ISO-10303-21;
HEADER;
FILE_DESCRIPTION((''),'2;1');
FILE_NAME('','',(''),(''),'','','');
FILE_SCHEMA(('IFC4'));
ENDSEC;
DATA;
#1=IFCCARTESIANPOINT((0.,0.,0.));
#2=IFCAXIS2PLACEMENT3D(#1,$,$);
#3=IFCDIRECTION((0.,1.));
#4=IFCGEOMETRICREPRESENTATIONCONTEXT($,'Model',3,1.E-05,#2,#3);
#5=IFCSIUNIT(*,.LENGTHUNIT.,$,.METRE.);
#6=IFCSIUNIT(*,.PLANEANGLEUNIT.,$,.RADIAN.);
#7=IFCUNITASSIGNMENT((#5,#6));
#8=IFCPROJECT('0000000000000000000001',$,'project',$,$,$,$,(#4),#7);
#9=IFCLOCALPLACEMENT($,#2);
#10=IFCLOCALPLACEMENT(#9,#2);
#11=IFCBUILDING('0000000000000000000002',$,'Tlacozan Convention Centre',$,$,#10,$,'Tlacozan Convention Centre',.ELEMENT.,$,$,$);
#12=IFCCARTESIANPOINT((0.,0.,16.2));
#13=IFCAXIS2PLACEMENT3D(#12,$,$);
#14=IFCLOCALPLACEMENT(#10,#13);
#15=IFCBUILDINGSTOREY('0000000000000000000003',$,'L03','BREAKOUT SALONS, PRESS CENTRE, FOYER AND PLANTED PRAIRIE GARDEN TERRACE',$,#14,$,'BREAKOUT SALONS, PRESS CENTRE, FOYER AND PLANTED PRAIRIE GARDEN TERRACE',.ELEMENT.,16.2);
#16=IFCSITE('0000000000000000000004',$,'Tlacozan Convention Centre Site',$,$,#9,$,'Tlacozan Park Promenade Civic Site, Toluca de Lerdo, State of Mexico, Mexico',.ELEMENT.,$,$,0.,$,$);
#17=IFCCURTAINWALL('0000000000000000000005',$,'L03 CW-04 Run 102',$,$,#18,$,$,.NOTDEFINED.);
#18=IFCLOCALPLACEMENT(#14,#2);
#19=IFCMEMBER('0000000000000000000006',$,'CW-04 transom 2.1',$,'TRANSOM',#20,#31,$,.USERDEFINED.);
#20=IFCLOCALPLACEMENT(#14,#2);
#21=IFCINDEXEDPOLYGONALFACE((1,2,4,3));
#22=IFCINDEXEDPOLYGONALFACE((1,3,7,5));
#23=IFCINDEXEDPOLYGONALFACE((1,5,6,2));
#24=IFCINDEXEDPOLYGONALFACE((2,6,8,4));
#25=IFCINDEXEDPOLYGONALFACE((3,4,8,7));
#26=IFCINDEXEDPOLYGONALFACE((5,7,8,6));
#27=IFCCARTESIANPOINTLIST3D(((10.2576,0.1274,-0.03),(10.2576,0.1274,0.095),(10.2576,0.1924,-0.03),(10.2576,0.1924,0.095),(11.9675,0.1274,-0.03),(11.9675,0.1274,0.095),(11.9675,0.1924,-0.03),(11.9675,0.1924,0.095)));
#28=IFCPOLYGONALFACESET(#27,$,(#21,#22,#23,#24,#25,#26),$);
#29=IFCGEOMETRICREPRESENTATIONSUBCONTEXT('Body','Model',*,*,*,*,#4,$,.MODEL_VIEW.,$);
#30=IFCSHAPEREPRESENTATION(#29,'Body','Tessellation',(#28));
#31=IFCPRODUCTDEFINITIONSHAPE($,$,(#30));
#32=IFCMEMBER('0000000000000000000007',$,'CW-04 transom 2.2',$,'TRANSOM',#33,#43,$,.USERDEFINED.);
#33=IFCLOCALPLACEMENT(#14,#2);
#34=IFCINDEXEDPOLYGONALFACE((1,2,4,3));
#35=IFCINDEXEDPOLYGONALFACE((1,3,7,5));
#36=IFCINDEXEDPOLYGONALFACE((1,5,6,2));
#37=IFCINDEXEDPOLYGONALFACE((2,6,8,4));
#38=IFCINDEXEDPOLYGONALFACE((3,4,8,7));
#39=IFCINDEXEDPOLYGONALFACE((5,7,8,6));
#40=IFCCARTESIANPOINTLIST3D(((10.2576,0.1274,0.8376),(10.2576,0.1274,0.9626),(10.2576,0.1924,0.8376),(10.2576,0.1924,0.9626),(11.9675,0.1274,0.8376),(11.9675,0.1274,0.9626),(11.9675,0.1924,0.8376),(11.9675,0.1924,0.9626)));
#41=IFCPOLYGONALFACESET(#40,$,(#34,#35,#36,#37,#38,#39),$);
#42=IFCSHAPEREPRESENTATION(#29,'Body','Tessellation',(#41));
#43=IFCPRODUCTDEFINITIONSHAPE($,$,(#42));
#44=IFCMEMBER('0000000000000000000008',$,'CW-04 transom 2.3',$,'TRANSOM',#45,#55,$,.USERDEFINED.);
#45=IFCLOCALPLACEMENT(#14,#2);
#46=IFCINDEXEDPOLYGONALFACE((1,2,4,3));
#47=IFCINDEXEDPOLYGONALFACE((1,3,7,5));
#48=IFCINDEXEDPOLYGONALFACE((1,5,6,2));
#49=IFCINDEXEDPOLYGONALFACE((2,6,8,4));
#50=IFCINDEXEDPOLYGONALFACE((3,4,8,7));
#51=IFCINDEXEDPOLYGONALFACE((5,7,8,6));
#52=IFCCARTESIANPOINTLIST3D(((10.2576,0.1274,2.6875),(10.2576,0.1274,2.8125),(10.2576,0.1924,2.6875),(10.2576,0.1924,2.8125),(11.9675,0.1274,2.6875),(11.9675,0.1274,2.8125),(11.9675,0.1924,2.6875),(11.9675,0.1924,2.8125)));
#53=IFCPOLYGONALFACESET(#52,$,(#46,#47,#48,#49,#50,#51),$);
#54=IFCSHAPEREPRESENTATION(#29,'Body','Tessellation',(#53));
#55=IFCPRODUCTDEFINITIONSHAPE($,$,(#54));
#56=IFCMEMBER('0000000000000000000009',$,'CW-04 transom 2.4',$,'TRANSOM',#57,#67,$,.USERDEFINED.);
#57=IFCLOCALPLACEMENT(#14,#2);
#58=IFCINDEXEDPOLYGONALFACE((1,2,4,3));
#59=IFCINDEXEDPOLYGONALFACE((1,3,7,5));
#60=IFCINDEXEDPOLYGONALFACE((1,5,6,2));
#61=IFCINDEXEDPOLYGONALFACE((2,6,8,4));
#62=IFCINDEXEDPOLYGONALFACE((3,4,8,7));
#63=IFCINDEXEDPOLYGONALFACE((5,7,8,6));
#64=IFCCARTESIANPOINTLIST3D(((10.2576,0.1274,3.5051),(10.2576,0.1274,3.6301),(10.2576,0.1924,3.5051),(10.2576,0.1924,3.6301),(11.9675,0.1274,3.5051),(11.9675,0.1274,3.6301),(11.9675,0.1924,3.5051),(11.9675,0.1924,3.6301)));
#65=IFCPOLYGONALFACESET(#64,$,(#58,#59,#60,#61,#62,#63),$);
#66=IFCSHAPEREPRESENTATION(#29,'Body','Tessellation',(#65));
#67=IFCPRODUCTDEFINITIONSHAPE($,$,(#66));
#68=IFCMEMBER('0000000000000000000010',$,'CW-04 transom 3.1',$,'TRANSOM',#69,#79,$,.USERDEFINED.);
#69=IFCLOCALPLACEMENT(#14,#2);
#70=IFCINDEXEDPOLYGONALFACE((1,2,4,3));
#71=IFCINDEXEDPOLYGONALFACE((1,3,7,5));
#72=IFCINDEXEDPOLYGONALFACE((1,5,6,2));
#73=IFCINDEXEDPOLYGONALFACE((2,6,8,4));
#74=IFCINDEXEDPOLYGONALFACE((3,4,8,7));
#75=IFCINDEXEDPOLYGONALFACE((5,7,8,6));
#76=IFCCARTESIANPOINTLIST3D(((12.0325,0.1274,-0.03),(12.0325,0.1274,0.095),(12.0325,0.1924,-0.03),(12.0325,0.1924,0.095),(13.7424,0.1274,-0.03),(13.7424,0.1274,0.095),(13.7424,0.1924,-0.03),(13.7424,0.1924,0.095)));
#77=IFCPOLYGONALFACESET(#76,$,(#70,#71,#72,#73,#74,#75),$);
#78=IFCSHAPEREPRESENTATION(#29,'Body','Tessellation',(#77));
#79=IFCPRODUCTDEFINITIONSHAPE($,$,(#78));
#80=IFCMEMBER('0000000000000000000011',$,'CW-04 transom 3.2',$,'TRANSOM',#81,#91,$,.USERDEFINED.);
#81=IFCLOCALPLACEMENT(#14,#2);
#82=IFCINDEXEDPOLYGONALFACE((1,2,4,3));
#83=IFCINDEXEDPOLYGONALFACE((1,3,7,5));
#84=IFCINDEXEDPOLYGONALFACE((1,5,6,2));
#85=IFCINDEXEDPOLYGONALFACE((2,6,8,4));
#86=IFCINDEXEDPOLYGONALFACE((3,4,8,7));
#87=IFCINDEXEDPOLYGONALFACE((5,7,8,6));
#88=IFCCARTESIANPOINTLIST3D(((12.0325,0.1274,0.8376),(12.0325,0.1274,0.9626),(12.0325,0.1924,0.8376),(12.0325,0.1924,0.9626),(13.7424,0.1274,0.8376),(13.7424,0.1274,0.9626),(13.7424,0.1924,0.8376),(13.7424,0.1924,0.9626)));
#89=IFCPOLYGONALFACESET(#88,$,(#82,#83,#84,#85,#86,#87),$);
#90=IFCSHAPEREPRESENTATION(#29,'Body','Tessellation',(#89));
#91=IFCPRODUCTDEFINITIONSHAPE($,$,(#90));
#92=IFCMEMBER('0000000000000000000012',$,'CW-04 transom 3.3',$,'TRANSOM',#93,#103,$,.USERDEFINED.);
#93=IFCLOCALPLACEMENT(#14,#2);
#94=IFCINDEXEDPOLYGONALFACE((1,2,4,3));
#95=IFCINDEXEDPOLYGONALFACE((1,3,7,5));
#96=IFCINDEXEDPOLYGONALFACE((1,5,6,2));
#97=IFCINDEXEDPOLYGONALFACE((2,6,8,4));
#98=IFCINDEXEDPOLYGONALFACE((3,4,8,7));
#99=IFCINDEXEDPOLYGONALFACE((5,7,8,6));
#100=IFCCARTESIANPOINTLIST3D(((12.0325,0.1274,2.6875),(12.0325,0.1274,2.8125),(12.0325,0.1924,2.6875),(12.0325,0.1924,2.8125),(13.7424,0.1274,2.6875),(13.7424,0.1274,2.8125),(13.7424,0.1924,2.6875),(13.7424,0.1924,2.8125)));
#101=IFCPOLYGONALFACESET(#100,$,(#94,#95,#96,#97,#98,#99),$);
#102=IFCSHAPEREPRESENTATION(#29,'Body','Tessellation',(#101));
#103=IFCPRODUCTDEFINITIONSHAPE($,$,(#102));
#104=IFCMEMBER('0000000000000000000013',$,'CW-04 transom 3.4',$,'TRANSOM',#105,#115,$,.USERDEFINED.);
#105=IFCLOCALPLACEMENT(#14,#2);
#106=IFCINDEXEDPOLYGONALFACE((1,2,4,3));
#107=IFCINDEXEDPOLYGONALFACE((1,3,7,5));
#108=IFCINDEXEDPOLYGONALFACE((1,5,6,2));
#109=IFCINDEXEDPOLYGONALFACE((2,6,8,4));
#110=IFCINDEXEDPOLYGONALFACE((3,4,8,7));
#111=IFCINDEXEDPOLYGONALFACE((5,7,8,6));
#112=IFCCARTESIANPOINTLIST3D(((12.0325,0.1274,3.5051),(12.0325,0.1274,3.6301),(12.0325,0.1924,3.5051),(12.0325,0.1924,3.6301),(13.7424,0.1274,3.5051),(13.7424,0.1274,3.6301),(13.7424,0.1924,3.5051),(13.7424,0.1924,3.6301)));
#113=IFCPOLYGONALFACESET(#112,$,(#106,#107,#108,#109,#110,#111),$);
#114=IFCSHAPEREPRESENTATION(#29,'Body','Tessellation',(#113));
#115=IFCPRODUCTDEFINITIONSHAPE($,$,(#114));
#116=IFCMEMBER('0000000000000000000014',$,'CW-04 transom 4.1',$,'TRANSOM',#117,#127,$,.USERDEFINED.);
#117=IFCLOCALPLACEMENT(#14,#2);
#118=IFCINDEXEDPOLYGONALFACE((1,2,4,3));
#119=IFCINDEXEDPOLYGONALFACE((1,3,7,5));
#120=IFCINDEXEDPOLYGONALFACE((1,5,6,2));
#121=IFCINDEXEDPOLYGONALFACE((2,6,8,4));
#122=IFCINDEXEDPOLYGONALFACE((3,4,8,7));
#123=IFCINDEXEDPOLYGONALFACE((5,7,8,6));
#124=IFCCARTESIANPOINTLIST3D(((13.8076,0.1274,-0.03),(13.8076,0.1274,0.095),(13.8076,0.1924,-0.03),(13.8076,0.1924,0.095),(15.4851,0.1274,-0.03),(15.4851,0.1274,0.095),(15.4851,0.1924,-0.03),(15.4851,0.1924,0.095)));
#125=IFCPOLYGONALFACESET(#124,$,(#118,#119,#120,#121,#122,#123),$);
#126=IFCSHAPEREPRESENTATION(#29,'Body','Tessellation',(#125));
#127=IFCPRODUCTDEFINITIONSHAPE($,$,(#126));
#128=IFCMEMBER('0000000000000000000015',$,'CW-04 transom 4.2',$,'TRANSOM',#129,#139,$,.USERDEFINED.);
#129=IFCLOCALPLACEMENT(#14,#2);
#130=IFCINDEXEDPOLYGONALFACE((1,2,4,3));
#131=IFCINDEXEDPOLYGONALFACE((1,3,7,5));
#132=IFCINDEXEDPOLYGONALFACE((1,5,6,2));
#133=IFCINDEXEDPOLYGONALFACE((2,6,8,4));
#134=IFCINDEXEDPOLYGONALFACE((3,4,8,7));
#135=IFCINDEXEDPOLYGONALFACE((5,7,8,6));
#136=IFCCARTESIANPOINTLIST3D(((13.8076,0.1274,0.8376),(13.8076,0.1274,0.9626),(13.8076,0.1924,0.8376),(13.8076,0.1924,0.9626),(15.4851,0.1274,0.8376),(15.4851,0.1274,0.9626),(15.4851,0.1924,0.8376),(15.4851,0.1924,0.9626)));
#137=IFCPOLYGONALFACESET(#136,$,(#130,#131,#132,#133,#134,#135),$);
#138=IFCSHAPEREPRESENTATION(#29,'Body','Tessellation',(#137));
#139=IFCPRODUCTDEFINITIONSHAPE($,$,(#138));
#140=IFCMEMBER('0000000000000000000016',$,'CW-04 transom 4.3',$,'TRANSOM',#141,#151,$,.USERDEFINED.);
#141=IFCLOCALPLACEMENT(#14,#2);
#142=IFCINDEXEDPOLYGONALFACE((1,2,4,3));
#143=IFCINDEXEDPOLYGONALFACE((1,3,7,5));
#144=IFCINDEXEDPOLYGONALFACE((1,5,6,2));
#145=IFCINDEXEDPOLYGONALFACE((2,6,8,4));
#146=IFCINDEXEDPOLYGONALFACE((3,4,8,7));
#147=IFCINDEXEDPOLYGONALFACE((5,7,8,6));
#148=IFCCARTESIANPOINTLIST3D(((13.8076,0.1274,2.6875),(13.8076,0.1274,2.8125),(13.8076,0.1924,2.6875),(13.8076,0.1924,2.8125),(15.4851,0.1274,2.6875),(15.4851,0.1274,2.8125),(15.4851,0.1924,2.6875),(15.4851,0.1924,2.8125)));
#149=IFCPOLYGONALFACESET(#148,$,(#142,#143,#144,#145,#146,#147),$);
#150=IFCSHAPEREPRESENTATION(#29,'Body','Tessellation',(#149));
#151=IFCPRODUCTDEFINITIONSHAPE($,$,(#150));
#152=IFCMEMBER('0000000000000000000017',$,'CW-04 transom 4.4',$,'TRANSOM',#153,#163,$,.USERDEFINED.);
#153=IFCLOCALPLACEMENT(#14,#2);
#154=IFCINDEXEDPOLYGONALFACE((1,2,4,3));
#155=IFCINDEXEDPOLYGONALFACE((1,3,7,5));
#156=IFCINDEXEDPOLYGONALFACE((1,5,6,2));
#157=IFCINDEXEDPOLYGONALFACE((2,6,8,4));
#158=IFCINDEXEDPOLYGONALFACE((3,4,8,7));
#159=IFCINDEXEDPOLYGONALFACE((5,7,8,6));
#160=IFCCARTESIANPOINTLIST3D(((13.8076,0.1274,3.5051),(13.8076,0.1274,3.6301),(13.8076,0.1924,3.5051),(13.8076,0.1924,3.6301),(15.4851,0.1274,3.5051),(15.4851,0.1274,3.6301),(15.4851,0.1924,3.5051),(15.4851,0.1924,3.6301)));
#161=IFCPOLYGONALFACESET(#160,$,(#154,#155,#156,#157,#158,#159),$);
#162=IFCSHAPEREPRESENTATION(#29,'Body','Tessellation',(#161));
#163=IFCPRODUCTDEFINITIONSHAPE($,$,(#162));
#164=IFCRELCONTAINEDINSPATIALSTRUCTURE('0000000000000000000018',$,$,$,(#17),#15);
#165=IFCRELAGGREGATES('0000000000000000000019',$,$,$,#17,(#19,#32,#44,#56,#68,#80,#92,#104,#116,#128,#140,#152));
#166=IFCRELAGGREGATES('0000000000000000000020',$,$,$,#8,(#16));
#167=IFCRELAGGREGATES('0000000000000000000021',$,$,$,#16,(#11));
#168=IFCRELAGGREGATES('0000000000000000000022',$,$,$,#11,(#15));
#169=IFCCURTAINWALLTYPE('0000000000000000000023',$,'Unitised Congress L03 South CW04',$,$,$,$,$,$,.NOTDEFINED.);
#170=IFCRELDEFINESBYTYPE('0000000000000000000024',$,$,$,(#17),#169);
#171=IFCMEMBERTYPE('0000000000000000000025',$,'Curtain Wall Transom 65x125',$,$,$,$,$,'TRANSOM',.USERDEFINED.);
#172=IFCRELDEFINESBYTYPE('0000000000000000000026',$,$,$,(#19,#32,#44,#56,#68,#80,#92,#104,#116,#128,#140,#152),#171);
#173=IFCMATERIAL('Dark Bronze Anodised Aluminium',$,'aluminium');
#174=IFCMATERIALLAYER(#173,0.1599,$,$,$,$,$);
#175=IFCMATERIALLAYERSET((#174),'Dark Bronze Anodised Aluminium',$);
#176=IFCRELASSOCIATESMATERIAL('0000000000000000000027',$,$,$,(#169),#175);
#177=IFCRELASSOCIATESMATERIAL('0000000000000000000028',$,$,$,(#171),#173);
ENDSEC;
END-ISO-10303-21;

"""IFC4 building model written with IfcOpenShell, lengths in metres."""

from ifc_helpers import new_model, si_unit, direction, frame, origin, origin_2d, place, context, subcontext, project, spatial, rectangle, extrude, material, layer, layer_set, material_profile, profile_set, type_object, element, aggregate, save


model = new_model("IFC4")

# Units and contexts
model_context = context("Model", 3, precision=1e-05, world=origin(), true_north=direction((0.0, 1.0)))
body_context = subcontext(model_context, "Body", "Model", "MODEL_VIEW")
ifc_project = project(units=[si_unit("LENGTHUNIT", "METRE"), si_unit("PLANEANGLEUNIT", "RADIAN")], contexts=[model_context])

# Site, building, storey
site_placement = place(None, origin())
site = spatial("IfcSite", under=ifc_project, at=site_placement, Name="Tlacozan Convention Centre Site", LongName="Tlacozan Park Promenade Civic Site, Toluca de Lerdo, State of Mexico, Mexico", CompositionType="ELEMENT", RefElevation=0.0)
building_placement = place(site_placement, origin())
building = spatial("IfcBuilding", under=site, at=building_placement, Name="Tlacozan Convention Centre", LongName="Tlacozan Convention Centre", CompositionType="ELEMENT")
storey_placement = place(building_placement, frame((0.0, 0.0, 16.2)))
storey = spatial("IfcBuildingStorey", under=building, at=storey_placement, Name="L03", Description="BREAKOUT SALONS, PRESS CENTRE, FOYER AND PLANTED PRAIRIE GARDEN TERRACE", LongName="BREAKOUT SALONS, PRESS CENTRE, FOYER AND PLANTED PRAIRIE GARDEN TERRACE", CompositionType="ELEMENT", Elevation=16.2)

# Curtain wall, members
ifc_material_1 = material(Name="Dark Bronze Anodised Aluminium", Category="aluminium")
ifc_layer_1 = layer(ifc_material_1, 0.1599)
ifc_layer_set_1 = layer_set([ifc_layer_1], Name="Dark Bronze Anodised Aluminium")
curtain_wall_type = type_object("IfcCurtainWallType", Name="Unitised Congress L03 South CW04", PredefinedType="NOTDEFINED", material=ifc_layer_set_1)
curtain_wall_placement = place(storey_placement, origin())
curtain_wall = element("IfcCurtainWall", 1, at=curtain_wall_placement, inside=storey, type_object=curtain_wall_type, Name="L03 CW-04 Run 102", PredefinedType="NOTDEFINED")
ifc_material_profile_1 = material_profile(ifc_material_1, rectangle(XDim=0.0649, YDim=0.125, at=origin_2d()), Name="ALU 65x125")
ifc_profile_set_1 = profile_set([ifc_material_profile_1], Name="Dark Bronze Anodised Aluminium")
member_type_1 = type_object("IfcMemberType", Name="Curtain Wall Transom 65x125", ElementType="TRANSOM", PredefinedType="USERDEFINED", material=ifc_profile_set_1)
member_1_placement = place(storey_placement, frame((10.2576, 0.1599, 0.0325), z_axis=(1.0, 0.0, 0.0), x_axis=(0.0, 1.0, 0.0)))
member_1 = element("IfcMember", 2, at=member_1_placement, type_object=member_type_1, Name="CW-04 transom 2.1", ObjectType="TRANSOM", PredefinedType="USERDEFINED", context=body_context, shape_type="SweptSolid", body=[
    extrude(rectangle(XDim=0.0649, YDim=0.125, at=origin_2d()), origin(), (0.0, 0.0, 1.0), 1.71),
])
member_2_placement = place(storey_placement, frame((10.2576, 0.1599, 0.9001), z_axis=(1.0, 0.0, 0.0), x_axis=(0.0, 1.0, 0.0)))
member_2 = element("IfcMember", 3, at=member_2_placement, type_object=member_type_1, Name="CW-04 transom 2.2", ObjectType="TRANSOM", PredefinedType="USERDEFINED", context=body_context, shape_type="SweptSolid", body=[
    extrude(rectangle(XDim=0.0649, YDim=0.125, at=origin_2d()), origin(), (0.0, 0.0, 1.0), 1.71),
])
member_3_placement = place(storey_placement, frame((10.2576, 0.1599, 2.75), z_axis=(1.0, 0.0, 0.0), x_axis=(0.0, 1.0, 0.0)))
member_3 = element("IfcMember", 4, at=member_3_placement, type_object=member_type_1, Name="CW-04 transom 2.3", ObjectType="TRANSOM", PredefinedType="USERDEFINED", context=body_context, shape_type="SweptSolid", body=[
    extrude(rectangle(XDim=0.0649, YDim=0.125, at=origin_2d()), origin(), (0.0, 0.0, 1.0), 1.71),
])
member_4_placement = place(storey_placement, frame((10.2576, 0.1599, 3.5676), z_axis=(1.0, 0.0, 0.0), x_axis=(0.0, 1.0, 0.0)))
member_4 = element("IfcMember", 5, at=member_4_placement, type_object=member_type_1, Name="CW-04 transom 2.4", ObjectType="TRANSOM", PredefinedType="USERDEFINED", context=body_context, shape_type="SweptSolid", body=[
    extrude(rectangle(XDim=0.0649, YDim=0.125, at=origin_2d()), origin(), (0.0, 0.0, 1.0), 1.71),
])
member_5_placement = place(storey_placement, frame((12.0325, 0.1599, 0.0325), z_axis=(1.0, 0.0, 0.0), x_axis=(0.0, 1.0, 0.0)))
member_5 = element("IfcMember", 6, at=member_5_placement, type_object=member_type_1, Name="CW-04 transom 3.1", ObjectType="TRANSOM", PredefinedType="USERDEFINED", context=body_context, shape_type="SweptSolid", body=[
    extrude(rectangle(XDim=0.0649, YDim=0.125, at=origin_2d()), origin(), (0.0, 0.0, 1.0), 1.71),
])
member_6_placement = place(storey_placement, frame((12.0325, 0.1599, 0.9001), z_axis=(1.0, 0.0, 0.0), x_axis=(0.0, 1.0, 0.0)))
member_6 = element("IfcMember", 7, at=member_6_placement, type_object=member_type_1, Name="CW-04 transom 3.2", ObjectType="TRANSOM", PredefinedType="USERDEFINED", context=body_context, shape_type="SweptSolid", body=[
    extrude(rectangle(XDim=0.0649, YDim=0.125, at=origin_2d()), origin(), (0.0, 0.0, 1.0), 1.71),
])
member_7_placement = place(storey_placement, frame((12.0325, 0.1599, 2.75), z_axis=(1.0, 0.0, 0.0), x_axis=(0.0, 1.0, 0.0)))
member_7 = element("IfcMember", 8, at=member_7_placement, type_object=member_type_1, Name="CW-04 transom 3.3", ObjectType="TRANSOM", PredefinedType="USERDEFINED", context=body_context, shape_type="SweptSolid", body=[
    extrude(rectangle(XDim=0.0649, YDim=0.125, at=origin_2d()), origin(), (0.0, 0.0, 1.0), 1.71),
])
member_8_placement = place(storey_placement, frame((12.0325, 0.1599, 3.5676), z_axis=(1.0, 0.0, 0.0), x_axis=(0.0, 1.0, 0.0)))
member_8 = element("IfcMember", 9, at=member_8_placement, type_object=member_type_1, Name="CW-04 transom 3.4", ObjectType="TRANSOM", PredefinedType="USERDEFINED", context=body_context, shape_type="SweptSolid", body=[
    extrude(rectangle(XDim=0.0649, YDim=0.125, at=origin_2d()), origin(), (0.0, 0.0, 1.0), 1.71),
])
member_9_placement = place(storey_placement, frame((13.8076, 0.1599, 0.0325), z_axis=(1.0, 0.0, 0.0), x_axis=(0.0, 1.0, 0.0)))
member_9 = element("IfcMember", 10, at=member_9_placement, type_object=member_type_1, Name="CW-04 transom 4.1", ObjectType="TRANSOM", PredefinedType="USERDEFINED", context=body_context, shape_type="SweptSolid", body=[
    extrude(rectangle(XDim=0.0649, YDim=0.125, at=origin_2d()), origin(), (0.0, 0.0, 1.0), 1.6775),
])
member_10_placement = place(storey_placement, frame((13.8076, 0.1599, 0.9001), z_axis=(1.0, 0.0, 0.0), x_axis=(0.0, 1.0, 0.0)))
member_10 = element("IfcMember", 11, at=member_10_placement, type_object=member_type_1, Name="CW-04 transom 4.2", ObjectType="TRANSOM", PredefinedType="USERDEFINED", context=body_context, shape_type="SweptSolid", body=[
    extrude(rectangle(XDim=0.0649, YDim=0.125, at=origin_2d()), origin(), (0.0, 0.0, 1.0), 1.6775),
])
member_11_placement = place(storey_placement, frame((13.8076, 0.1599, 2.75), z_axis=(1.0, 0.0, 0.0), x_axis=(0.0, 1.0, 0.0)))
member_11 = element("IfcMember", 12, at=member_11_placement, type_object=member_type_1, Name="CW-04 transom 4.3", ObjectType="TRANSOM", PredefinedType="USERDEFINED", context=body_context, shape_type="SweptSolid", body=[
    extrude(rectangle(XDim=0.0649, YDim=0.125, at=origin_2d()), origin(), (0.0, 0.0, 1.0), 1.6775),
])
member_12_placement = place(storey_placement, frame((13.8076, 0.1599, 3.5676), z_axis=(1.0, 0.0, 0.0), x_axis=(0.0, 1.0, 0.0)))
member_12 = element("IfcMember", 13, at=member_12_placement, type_object=member_type_1, Name="CW-04 transom 4.4", ObjectType="TRANSOM", PredefinedType="USERDEFINED", context=body_context, shape_type="SweptSolid", body=[
    extrude(rectangle(XDim=0.0649, YDim=0.125, at=origin_2d()), origin(), (0.0, 0.0, 1.0), 1.6775),
])

aggregate(curtain_wall, [member_1, member_2, member_3, member_4, member_5, member_6, member_7, member_8, member_9, member_10, member_11, member_12])

save(model, "model.ifc")
